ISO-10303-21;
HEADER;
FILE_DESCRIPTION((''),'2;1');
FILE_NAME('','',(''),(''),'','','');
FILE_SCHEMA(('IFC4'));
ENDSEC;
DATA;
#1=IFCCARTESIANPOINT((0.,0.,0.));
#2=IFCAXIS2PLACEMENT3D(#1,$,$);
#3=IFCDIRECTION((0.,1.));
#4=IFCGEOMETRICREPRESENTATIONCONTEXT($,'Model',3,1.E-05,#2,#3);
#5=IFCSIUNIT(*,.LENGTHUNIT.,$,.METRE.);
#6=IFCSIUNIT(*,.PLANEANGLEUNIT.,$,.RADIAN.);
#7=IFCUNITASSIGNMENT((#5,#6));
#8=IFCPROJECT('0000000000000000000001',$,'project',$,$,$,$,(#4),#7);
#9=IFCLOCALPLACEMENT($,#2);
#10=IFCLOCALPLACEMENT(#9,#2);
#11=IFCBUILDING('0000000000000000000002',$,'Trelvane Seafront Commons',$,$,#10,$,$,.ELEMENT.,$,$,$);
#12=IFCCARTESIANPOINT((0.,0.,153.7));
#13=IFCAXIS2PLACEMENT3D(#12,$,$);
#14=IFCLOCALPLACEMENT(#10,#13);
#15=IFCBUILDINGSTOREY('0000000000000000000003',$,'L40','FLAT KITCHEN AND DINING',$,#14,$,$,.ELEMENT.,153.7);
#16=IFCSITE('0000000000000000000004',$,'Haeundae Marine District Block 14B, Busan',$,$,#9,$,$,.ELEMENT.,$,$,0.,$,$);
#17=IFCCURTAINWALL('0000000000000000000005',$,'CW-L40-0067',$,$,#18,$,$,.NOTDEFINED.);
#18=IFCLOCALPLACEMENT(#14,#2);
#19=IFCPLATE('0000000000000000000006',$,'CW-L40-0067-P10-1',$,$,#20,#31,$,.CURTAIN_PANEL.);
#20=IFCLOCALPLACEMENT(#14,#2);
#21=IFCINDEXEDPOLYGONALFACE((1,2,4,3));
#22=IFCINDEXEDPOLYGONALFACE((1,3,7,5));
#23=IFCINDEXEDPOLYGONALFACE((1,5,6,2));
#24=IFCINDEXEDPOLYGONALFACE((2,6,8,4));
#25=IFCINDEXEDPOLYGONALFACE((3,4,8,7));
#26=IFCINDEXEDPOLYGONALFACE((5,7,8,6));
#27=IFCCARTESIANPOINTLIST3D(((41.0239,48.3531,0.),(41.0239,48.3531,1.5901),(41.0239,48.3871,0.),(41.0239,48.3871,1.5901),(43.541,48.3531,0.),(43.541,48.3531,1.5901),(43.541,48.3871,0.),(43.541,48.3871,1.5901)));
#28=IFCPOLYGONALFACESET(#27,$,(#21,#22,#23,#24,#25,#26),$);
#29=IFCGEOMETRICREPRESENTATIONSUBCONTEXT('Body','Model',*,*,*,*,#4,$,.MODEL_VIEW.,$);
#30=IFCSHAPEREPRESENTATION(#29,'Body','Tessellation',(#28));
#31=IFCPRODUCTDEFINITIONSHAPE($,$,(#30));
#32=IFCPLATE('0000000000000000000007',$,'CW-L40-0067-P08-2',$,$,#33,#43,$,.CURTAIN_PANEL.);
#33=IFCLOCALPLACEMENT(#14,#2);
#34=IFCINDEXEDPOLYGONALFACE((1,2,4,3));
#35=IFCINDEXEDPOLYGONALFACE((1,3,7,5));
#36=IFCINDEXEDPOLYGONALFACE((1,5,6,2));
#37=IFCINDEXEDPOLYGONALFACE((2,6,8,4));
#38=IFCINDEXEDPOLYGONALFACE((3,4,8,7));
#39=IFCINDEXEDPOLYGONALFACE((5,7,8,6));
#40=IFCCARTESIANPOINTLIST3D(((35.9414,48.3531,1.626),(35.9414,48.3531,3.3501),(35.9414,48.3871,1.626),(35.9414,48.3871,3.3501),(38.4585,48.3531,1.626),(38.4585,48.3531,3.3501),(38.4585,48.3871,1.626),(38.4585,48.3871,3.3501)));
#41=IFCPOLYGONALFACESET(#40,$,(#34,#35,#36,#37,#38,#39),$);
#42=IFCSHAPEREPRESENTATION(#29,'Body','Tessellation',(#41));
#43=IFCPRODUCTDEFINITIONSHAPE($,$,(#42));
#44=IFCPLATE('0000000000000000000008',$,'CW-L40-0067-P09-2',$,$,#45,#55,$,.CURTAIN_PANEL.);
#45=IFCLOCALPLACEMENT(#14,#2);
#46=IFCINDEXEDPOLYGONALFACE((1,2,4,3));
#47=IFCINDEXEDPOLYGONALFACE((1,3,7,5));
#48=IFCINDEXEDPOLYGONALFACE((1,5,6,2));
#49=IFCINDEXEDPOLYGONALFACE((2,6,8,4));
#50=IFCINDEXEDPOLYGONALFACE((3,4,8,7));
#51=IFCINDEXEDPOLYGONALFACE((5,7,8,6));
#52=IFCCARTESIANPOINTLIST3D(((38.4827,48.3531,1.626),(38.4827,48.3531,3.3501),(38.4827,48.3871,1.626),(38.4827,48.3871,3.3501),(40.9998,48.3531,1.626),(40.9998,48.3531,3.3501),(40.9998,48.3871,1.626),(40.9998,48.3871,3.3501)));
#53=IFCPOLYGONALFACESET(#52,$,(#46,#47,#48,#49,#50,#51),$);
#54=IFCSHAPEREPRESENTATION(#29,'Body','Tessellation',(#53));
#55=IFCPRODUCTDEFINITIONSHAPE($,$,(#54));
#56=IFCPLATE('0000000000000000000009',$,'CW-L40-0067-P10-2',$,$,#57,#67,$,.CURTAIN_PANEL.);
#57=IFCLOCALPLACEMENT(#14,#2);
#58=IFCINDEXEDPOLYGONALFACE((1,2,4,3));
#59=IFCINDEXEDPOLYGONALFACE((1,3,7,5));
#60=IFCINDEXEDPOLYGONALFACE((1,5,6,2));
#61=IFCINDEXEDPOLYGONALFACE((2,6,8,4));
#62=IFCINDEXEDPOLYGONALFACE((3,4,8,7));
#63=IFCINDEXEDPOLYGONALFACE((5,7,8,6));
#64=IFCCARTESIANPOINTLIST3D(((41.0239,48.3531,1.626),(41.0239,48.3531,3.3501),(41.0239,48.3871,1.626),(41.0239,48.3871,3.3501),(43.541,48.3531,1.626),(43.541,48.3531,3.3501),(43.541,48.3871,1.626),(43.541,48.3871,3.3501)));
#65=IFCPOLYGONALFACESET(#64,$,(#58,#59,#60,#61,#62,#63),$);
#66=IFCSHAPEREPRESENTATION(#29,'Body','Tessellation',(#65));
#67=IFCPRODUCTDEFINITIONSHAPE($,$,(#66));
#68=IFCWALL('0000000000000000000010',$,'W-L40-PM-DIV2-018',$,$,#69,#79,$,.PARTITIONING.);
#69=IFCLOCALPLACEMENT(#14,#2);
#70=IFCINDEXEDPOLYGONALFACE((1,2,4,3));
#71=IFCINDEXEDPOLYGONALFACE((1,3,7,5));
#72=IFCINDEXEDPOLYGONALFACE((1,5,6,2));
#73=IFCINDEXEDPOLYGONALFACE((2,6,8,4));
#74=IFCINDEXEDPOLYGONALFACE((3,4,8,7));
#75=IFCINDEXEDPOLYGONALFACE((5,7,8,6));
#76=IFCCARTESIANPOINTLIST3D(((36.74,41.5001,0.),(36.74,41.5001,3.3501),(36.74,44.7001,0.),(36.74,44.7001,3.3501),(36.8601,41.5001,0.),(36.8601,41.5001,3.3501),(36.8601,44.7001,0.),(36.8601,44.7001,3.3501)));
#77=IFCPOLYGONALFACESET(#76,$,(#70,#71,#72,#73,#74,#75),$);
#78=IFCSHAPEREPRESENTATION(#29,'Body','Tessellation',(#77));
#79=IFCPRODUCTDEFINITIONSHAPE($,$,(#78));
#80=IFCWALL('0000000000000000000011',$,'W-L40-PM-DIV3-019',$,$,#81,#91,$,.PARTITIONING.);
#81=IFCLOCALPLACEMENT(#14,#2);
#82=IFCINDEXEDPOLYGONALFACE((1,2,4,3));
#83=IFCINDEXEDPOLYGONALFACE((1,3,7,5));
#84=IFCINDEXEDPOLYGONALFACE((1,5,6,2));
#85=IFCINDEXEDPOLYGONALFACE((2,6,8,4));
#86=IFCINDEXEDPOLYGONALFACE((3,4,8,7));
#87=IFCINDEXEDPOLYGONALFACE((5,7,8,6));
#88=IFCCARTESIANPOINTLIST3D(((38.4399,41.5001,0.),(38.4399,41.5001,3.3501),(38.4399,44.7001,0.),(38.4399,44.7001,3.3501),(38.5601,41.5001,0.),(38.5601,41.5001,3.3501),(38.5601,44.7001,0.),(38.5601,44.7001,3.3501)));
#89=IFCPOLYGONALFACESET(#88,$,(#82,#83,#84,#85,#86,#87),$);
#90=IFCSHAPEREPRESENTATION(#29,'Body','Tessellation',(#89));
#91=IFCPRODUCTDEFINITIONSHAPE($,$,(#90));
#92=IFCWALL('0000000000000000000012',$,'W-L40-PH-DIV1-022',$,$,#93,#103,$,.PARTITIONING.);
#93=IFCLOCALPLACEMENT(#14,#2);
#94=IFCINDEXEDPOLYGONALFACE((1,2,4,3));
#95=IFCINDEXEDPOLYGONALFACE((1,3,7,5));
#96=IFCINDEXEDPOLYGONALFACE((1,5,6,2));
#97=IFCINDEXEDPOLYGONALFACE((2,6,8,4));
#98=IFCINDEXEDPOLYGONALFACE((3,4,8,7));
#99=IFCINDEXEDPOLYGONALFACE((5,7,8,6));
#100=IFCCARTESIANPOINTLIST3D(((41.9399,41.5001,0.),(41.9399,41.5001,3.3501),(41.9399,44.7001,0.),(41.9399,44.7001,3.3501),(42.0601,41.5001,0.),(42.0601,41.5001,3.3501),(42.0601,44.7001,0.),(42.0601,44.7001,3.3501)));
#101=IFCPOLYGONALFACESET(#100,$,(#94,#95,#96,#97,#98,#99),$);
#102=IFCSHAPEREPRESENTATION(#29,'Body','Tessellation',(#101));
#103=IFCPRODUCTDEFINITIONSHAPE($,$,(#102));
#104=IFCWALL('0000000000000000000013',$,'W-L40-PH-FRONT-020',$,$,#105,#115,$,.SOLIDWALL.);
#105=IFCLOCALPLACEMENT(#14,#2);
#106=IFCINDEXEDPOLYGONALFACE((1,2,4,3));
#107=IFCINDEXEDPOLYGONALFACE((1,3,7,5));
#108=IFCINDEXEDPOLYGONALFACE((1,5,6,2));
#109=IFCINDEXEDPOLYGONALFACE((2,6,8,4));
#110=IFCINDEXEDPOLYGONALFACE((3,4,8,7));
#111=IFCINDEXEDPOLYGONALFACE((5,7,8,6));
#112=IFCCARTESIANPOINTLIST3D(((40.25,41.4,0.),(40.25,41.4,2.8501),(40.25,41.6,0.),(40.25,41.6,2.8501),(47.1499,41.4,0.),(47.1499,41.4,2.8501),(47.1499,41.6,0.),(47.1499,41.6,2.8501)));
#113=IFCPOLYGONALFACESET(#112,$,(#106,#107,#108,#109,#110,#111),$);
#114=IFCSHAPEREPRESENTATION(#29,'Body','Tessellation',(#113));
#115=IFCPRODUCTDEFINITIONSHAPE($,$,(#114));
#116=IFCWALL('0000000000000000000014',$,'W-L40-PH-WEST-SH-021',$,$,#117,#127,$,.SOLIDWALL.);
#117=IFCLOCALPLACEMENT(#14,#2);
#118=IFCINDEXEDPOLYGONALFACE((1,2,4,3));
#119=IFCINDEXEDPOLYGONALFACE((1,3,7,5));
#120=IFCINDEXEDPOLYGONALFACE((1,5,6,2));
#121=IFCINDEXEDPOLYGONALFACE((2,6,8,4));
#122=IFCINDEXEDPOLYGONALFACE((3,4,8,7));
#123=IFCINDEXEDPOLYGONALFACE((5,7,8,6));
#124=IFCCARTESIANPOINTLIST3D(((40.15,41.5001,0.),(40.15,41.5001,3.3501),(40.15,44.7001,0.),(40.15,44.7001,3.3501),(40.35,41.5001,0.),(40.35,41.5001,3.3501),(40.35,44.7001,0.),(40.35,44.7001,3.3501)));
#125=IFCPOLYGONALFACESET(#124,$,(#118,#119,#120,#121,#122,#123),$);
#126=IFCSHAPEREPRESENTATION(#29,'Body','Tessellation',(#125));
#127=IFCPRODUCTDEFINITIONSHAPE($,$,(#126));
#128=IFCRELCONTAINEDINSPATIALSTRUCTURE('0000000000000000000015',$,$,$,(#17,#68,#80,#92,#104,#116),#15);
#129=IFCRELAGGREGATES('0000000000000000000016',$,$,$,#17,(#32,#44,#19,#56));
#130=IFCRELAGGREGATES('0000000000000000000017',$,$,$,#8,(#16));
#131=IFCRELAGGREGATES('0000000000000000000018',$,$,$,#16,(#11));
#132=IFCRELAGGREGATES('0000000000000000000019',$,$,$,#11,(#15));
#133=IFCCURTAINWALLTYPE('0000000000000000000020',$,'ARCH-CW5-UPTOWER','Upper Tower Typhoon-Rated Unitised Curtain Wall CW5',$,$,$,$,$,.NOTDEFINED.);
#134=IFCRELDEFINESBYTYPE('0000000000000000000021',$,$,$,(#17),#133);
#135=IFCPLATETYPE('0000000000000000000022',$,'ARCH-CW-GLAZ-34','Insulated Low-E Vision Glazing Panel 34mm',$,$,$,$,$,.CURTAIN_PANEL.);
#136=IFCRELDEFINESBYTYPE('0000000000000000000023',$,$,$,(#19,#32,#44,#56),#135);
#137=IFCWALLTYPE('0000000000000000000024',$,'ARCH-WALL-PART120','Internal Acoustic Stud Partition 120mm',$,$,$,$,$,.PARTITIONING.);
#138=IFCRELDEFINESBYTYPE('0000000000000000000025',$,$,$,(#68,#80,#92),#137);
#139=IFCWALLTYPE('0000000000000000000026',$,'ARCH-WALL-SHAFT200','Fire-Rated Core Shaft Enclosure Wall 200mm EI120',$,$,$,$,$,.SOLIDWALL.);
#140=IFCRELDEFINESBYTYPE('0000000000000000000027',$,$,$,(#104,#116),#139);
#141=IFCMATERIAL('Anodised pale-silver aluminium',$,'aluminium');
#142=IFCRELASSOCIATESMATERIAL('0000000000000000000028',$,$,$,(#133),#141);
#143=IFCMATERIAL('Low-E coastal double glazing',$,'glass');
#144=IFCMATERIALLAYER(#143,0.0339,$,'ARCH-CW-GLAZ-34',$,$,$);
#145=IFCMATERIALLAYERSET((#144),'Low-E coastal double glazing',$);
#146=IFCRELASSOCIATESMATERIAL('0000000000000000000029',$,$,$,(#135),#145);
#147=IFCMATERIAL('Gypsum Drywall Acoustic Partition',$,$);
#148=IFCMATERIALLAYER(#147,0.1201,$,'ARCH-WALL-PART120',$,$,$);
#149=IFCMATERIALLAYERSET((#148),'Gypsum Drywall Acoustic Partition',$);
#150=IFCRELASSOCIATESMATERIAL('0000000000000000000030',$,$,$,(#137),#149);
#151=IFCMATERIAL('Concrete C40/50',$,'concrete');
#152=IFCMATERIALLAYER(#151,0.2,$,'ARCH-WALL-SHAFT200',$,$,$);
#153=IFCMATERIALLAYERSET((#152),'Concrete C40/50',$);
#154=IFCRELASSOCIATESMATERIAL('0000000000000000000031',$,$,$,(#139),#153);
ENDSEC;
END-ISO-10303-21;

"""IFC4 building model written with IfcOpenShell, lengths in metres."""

from ifc_helpers import new_model, si_unit, direction, frame, frame_2d, origin, origin_2d, place, context, subcontext, project, spatial, rectangle, extrude, source, transform, mapped, material, layer, layer_set, type_object, element, aggregate, save


model = new_model("IFC4")

# Units and contexts
model_context = context("Model", 3, precision=1e-05, world=origin(), true_north=direction((0.0, 1.0)))
body_context = subcontext(model_context, "Body", "Model", "MODEL_VIEW")
ifc_project = project(units=[si_unit("LENGTHUNIT", "METRE"), si_unit("PLANEANGLEUNIT", "RADIAN")], contexts=[model_context])

# Site, building, storey
site_placement = place(None, origin())
site = spatial("IfcSite", under=ifc_project, at=site_placement, Name="Haeundae Marine District Block 14B, Busan", CompositionType="ELEMENT", RefElevation=0.0)
building_placement = place(site_placement, origin())
building = spatial("IfcBuilding", under=site, at=building_placement, Name="Trelvane Seafront Commons", CompositionType="ELEMENT")
storey_placement = place(building_placement, frame((0.0, 0.0, 153.7)))
storey = spatial("IfcBuildingStorey", under=building, at=storey_placement, Name="L40", Description="FLAT KITCHEN AND DINING", CompositionType="ELEMENT", Elevation=153.7)

# Curtain wall
ifc_material_1 = material(Name="Anodised pale-silver aluminium", Category="aluminium")
curtain_wall_type = type_object("IfcCurtainWallType", Name="ARCH-CW5-UPTOWER", Description="Upper Tower Typhoon-Rated Unitised Curtain Wall CW5", PredefinedType="NOTDEFINED", material=ifc_material_1)
curtain_wall_placement = place(storey_placement, origin())
curtain_wall = element("IfcCurtainWall", 1, at=curtain_wall_placement, inside=storey, type_object=curtain_wall_type, Name="CW-L40-0067", PredefinedType="NOTDEFINED")

# Plates
ifc_material_2 = material(Name="Low-E coastal double glazing", Category="glass")
ifc_layer_1 = layer(ifc_material_2, 0.0339, Name="ARCH-CW-GLAZ-34")
ifc_layer_set_1 = layer_set([ifc_layer_1], Name="Low-E coastal double glazing")
plate_type_1 = type_object("IfcPlateType", Name="ARCH-CW-GLAZ-34", Description="Insulated Low-E Vision Glazing Panel 34mm", PredefinedType="CURTAIN_PANEL", material=ifc_layer_set_1)
shared_shape_1 = source(origin(), body_context, "Body", "SweptSolid", [
    extrude(rectangle(XDim=2.5171, YDim=0.0339, at=origin_2d()), origin(), (0.0, 0.0, 1.0), 1.5901),
])
plate_1_placement = place(storey_placement, frame((42.2825, 48.3701, 0.0), z_axis=(0.0, 0.0, 1.0), x_axis=(1.0, 0.0, 0.0)))
plate_1 = element("IfcPlate", 2, at=plate_1_placement, type_object=plate_type_1, Name="CW-L40-0067-P10-1", PredefinedType="CURTAIN_PANEL", context=body_context, shape_type="MappedRepresentation", body=[
    mapped(shared_shape_1, transform((0.0, 0.0, 0.0), x_axis=(1.0, 0.0, 0.0), y_axis=(0.0, 1.0, 0.0), z_axis=(0.0, 0.0, 1.0), scale=1.0)),
])
shared_shape_2 = source(origin(), body_context, "Body", "SweptSolid", [
    extrude(rectangle(XDim=2.5171, YDim=0.0339, at=origin_2d()), origin(), (0.0, 0.0, 1.0), 1.7241),
])
plate_2_placement = place(storey_placement, frame((37.2, 48.3701, 1.626), z_axis=(0.0, 0.0, 1.0), x_axis=(1.0, 0.0, 0.0)))
plate_2 = element("IfcPlate", 3, at=plate_2_placement, type_object=plate_type_1, Name="CW-L40-0067-P08-2", PredefinedType="CURTAIN_PANEL", context=body_context, shape_type="MappedRepresentation", body=[
    mapped(shared_shape_2, transform((0.0, 0.0, 0.0), x_axis=(1.0, 0.0, 0.0), y_axis=(0.0, 1.0, 0.0), z_axis=(0.0, 0.0, 1.0), scale=1.0)),
])
plate_3_placement = place(storey_placement, frame((39.7412, 48.3701, 1.626), z_axis=(0.0, 0.0, 1.0), x_axis=(1.0, 0.0, 0.0)))
plate_3 = element("IfcPlate", 4, at=plate_3_placement, type_object=plate_type_1, Name="CW-L40-0067-P09-2", PredefinedType="CURTAIN_PANEL", context=body_context, shape_type="MappedRepresentation", body=[
    mapped(shared_shape_2, transform((0.0, 0.0, 0.0), x_axis=(1.0, 0.0, 0.0), y_axis=(0.0, 1.0, 0.0), z_axis=(0.0, 0.0, 1.0), scale=1.0)),
])
plate_4_placement = place(storey_placement, frame((42.2825, 48.3701, 1.626), z_axis=(0.0, 0.0, 1.0), x_axis=(1.0, 0.0, 0.0)))
plate_4 = element("IfcPlate", 5, at=plate_4_placement, type_object=plate_type_1, Name="CW-L40-0067-P10-2", PredefinedType="CURTAIN_PANEL", context=body_context, shape_type="MappedRepresentation", body=[
    mapped(shared_shape_2, transform((0.0, 0.0, 0.0), x_axis=(1.0, 0.0, 0.0), y_axis=(0.0, 1.0, 0.0), z_axis=(0.0, 0.0, 1.0), scale=1.0)),
])
aggregate(curtain_wall, [plate_2, plate_3, plate_1, plate_4])

# Walls
ifc_material_3 = material(Name="Gypsum Drywall Acoustic Partition")
ifc_layer_2 = layer(ifc_material_3, 0.1201, Name="ARCH-WALL-PART120")
ifc_layer_set_2 = layer_set([ifc_layer_2], Name="Gypsum Drywall Acoustic Partition")
wall_type_1 = type_object("IfcWallType", Name="ARCH-WALL-PART120", Description="Internal Acoustic Stud Partition 120mm", PredefinedType="PARTITIONING", material=ifc_layer_set_2)
for number, where, z_axis, x_axis, name in (
    (6, (36.8, 41.5, 0.0), (0.0, 0.0, 1.0), (0.0, 1.0, 0.0), "W-L40-PM-DIV2-018"),
    (7, (38.5, 41.5, 0.0), (0.0, 0.0, 1.0), (0.0, 1.0, 0.0), "W-L40-PM-DIV3-019"),
    (8, (42.0, 41.5, 0.0), (0.0, 0.0, 1.0), (0.0, 1.0, 0.0), "W-L40-PH-DIV1-022"),
):
    element("IfcWall", number, at=place(storey_placement, frame(where, z_axis=z_axis, x_axis=x_axis)), inside=storey, type_object=wall_type_1, Name=name, PredefinedType="PARTITIONING", context=body_context, shape_type="SweptSolid", body=[
        extrude(rectangle(XDim=3.2, YDim=0.1201, at=frame_2d((1.6001, 0.0))), origin(), (0.0, 0.0, 1.0), 3.3501),
    ])

# Walls
ifc_material_4 = material(Name="Concrete C40/50", Category="concrete")
ifc_layer_3 = layer(ifc_material_4, 0.2, Name="ARCH-WALL-SHAFT200")
ifc_layer_set_3 = layer_set([ifc_layer_3], Name="Concrete C40/50")
wall_type_2 = type_object("IfcWallType", Name="ARCH-WALL-SHAFT200", Description="Fire-Rated Core Shaft Enclosure Wall 200mm EI120", PredefinedType="SOLIDWALL", material=ifc_layer_set_3)
wall_1_placement = place(storey_placement, frame((40.25, 41.5, 0.0), z_axis=(0.0, 0.0, 1.0), x_axis=(1.0, 0.0, 0.0)))
element("IfcWall", 9, at=wall_1_placement, inside=storey, type_object=wall_type_2, Name="W-L40-PH-FRONT-020", PredefinedType="SOLIDWALL", context=body_context, shape_type="SweptSolid", body=[
    extrude(rectangle(XDim=6.8999, YDim=0.2, at=frame_2d((3.45, 0.0))), origin(), (0.0, 0.0, 1.0), 2.8501),
])
wall_2_placement = place(storey_placement, frame((40.25, 41.5, 0.0), z_axis=(0.0, 0.0, 1.0), x_axis=(0.0, 1.0, 0.0)))
element("IfcWall", 10, at=wall_2_placement, inside=storey, type_object=wall_type_2, Name="W-L40-PH-WEST-SH-021", PredefinedType="SOLIDWALL", context=body_context, shape_type="SweptSolid", body=[
    extrude(rectangle(XDim=3.2, YDim=0.2, at=frame_2d((1.6001, 0.0))), origin(), (0.0, 0.0, 1.0), 3.3501),
])

save(model, "model.ifc")
